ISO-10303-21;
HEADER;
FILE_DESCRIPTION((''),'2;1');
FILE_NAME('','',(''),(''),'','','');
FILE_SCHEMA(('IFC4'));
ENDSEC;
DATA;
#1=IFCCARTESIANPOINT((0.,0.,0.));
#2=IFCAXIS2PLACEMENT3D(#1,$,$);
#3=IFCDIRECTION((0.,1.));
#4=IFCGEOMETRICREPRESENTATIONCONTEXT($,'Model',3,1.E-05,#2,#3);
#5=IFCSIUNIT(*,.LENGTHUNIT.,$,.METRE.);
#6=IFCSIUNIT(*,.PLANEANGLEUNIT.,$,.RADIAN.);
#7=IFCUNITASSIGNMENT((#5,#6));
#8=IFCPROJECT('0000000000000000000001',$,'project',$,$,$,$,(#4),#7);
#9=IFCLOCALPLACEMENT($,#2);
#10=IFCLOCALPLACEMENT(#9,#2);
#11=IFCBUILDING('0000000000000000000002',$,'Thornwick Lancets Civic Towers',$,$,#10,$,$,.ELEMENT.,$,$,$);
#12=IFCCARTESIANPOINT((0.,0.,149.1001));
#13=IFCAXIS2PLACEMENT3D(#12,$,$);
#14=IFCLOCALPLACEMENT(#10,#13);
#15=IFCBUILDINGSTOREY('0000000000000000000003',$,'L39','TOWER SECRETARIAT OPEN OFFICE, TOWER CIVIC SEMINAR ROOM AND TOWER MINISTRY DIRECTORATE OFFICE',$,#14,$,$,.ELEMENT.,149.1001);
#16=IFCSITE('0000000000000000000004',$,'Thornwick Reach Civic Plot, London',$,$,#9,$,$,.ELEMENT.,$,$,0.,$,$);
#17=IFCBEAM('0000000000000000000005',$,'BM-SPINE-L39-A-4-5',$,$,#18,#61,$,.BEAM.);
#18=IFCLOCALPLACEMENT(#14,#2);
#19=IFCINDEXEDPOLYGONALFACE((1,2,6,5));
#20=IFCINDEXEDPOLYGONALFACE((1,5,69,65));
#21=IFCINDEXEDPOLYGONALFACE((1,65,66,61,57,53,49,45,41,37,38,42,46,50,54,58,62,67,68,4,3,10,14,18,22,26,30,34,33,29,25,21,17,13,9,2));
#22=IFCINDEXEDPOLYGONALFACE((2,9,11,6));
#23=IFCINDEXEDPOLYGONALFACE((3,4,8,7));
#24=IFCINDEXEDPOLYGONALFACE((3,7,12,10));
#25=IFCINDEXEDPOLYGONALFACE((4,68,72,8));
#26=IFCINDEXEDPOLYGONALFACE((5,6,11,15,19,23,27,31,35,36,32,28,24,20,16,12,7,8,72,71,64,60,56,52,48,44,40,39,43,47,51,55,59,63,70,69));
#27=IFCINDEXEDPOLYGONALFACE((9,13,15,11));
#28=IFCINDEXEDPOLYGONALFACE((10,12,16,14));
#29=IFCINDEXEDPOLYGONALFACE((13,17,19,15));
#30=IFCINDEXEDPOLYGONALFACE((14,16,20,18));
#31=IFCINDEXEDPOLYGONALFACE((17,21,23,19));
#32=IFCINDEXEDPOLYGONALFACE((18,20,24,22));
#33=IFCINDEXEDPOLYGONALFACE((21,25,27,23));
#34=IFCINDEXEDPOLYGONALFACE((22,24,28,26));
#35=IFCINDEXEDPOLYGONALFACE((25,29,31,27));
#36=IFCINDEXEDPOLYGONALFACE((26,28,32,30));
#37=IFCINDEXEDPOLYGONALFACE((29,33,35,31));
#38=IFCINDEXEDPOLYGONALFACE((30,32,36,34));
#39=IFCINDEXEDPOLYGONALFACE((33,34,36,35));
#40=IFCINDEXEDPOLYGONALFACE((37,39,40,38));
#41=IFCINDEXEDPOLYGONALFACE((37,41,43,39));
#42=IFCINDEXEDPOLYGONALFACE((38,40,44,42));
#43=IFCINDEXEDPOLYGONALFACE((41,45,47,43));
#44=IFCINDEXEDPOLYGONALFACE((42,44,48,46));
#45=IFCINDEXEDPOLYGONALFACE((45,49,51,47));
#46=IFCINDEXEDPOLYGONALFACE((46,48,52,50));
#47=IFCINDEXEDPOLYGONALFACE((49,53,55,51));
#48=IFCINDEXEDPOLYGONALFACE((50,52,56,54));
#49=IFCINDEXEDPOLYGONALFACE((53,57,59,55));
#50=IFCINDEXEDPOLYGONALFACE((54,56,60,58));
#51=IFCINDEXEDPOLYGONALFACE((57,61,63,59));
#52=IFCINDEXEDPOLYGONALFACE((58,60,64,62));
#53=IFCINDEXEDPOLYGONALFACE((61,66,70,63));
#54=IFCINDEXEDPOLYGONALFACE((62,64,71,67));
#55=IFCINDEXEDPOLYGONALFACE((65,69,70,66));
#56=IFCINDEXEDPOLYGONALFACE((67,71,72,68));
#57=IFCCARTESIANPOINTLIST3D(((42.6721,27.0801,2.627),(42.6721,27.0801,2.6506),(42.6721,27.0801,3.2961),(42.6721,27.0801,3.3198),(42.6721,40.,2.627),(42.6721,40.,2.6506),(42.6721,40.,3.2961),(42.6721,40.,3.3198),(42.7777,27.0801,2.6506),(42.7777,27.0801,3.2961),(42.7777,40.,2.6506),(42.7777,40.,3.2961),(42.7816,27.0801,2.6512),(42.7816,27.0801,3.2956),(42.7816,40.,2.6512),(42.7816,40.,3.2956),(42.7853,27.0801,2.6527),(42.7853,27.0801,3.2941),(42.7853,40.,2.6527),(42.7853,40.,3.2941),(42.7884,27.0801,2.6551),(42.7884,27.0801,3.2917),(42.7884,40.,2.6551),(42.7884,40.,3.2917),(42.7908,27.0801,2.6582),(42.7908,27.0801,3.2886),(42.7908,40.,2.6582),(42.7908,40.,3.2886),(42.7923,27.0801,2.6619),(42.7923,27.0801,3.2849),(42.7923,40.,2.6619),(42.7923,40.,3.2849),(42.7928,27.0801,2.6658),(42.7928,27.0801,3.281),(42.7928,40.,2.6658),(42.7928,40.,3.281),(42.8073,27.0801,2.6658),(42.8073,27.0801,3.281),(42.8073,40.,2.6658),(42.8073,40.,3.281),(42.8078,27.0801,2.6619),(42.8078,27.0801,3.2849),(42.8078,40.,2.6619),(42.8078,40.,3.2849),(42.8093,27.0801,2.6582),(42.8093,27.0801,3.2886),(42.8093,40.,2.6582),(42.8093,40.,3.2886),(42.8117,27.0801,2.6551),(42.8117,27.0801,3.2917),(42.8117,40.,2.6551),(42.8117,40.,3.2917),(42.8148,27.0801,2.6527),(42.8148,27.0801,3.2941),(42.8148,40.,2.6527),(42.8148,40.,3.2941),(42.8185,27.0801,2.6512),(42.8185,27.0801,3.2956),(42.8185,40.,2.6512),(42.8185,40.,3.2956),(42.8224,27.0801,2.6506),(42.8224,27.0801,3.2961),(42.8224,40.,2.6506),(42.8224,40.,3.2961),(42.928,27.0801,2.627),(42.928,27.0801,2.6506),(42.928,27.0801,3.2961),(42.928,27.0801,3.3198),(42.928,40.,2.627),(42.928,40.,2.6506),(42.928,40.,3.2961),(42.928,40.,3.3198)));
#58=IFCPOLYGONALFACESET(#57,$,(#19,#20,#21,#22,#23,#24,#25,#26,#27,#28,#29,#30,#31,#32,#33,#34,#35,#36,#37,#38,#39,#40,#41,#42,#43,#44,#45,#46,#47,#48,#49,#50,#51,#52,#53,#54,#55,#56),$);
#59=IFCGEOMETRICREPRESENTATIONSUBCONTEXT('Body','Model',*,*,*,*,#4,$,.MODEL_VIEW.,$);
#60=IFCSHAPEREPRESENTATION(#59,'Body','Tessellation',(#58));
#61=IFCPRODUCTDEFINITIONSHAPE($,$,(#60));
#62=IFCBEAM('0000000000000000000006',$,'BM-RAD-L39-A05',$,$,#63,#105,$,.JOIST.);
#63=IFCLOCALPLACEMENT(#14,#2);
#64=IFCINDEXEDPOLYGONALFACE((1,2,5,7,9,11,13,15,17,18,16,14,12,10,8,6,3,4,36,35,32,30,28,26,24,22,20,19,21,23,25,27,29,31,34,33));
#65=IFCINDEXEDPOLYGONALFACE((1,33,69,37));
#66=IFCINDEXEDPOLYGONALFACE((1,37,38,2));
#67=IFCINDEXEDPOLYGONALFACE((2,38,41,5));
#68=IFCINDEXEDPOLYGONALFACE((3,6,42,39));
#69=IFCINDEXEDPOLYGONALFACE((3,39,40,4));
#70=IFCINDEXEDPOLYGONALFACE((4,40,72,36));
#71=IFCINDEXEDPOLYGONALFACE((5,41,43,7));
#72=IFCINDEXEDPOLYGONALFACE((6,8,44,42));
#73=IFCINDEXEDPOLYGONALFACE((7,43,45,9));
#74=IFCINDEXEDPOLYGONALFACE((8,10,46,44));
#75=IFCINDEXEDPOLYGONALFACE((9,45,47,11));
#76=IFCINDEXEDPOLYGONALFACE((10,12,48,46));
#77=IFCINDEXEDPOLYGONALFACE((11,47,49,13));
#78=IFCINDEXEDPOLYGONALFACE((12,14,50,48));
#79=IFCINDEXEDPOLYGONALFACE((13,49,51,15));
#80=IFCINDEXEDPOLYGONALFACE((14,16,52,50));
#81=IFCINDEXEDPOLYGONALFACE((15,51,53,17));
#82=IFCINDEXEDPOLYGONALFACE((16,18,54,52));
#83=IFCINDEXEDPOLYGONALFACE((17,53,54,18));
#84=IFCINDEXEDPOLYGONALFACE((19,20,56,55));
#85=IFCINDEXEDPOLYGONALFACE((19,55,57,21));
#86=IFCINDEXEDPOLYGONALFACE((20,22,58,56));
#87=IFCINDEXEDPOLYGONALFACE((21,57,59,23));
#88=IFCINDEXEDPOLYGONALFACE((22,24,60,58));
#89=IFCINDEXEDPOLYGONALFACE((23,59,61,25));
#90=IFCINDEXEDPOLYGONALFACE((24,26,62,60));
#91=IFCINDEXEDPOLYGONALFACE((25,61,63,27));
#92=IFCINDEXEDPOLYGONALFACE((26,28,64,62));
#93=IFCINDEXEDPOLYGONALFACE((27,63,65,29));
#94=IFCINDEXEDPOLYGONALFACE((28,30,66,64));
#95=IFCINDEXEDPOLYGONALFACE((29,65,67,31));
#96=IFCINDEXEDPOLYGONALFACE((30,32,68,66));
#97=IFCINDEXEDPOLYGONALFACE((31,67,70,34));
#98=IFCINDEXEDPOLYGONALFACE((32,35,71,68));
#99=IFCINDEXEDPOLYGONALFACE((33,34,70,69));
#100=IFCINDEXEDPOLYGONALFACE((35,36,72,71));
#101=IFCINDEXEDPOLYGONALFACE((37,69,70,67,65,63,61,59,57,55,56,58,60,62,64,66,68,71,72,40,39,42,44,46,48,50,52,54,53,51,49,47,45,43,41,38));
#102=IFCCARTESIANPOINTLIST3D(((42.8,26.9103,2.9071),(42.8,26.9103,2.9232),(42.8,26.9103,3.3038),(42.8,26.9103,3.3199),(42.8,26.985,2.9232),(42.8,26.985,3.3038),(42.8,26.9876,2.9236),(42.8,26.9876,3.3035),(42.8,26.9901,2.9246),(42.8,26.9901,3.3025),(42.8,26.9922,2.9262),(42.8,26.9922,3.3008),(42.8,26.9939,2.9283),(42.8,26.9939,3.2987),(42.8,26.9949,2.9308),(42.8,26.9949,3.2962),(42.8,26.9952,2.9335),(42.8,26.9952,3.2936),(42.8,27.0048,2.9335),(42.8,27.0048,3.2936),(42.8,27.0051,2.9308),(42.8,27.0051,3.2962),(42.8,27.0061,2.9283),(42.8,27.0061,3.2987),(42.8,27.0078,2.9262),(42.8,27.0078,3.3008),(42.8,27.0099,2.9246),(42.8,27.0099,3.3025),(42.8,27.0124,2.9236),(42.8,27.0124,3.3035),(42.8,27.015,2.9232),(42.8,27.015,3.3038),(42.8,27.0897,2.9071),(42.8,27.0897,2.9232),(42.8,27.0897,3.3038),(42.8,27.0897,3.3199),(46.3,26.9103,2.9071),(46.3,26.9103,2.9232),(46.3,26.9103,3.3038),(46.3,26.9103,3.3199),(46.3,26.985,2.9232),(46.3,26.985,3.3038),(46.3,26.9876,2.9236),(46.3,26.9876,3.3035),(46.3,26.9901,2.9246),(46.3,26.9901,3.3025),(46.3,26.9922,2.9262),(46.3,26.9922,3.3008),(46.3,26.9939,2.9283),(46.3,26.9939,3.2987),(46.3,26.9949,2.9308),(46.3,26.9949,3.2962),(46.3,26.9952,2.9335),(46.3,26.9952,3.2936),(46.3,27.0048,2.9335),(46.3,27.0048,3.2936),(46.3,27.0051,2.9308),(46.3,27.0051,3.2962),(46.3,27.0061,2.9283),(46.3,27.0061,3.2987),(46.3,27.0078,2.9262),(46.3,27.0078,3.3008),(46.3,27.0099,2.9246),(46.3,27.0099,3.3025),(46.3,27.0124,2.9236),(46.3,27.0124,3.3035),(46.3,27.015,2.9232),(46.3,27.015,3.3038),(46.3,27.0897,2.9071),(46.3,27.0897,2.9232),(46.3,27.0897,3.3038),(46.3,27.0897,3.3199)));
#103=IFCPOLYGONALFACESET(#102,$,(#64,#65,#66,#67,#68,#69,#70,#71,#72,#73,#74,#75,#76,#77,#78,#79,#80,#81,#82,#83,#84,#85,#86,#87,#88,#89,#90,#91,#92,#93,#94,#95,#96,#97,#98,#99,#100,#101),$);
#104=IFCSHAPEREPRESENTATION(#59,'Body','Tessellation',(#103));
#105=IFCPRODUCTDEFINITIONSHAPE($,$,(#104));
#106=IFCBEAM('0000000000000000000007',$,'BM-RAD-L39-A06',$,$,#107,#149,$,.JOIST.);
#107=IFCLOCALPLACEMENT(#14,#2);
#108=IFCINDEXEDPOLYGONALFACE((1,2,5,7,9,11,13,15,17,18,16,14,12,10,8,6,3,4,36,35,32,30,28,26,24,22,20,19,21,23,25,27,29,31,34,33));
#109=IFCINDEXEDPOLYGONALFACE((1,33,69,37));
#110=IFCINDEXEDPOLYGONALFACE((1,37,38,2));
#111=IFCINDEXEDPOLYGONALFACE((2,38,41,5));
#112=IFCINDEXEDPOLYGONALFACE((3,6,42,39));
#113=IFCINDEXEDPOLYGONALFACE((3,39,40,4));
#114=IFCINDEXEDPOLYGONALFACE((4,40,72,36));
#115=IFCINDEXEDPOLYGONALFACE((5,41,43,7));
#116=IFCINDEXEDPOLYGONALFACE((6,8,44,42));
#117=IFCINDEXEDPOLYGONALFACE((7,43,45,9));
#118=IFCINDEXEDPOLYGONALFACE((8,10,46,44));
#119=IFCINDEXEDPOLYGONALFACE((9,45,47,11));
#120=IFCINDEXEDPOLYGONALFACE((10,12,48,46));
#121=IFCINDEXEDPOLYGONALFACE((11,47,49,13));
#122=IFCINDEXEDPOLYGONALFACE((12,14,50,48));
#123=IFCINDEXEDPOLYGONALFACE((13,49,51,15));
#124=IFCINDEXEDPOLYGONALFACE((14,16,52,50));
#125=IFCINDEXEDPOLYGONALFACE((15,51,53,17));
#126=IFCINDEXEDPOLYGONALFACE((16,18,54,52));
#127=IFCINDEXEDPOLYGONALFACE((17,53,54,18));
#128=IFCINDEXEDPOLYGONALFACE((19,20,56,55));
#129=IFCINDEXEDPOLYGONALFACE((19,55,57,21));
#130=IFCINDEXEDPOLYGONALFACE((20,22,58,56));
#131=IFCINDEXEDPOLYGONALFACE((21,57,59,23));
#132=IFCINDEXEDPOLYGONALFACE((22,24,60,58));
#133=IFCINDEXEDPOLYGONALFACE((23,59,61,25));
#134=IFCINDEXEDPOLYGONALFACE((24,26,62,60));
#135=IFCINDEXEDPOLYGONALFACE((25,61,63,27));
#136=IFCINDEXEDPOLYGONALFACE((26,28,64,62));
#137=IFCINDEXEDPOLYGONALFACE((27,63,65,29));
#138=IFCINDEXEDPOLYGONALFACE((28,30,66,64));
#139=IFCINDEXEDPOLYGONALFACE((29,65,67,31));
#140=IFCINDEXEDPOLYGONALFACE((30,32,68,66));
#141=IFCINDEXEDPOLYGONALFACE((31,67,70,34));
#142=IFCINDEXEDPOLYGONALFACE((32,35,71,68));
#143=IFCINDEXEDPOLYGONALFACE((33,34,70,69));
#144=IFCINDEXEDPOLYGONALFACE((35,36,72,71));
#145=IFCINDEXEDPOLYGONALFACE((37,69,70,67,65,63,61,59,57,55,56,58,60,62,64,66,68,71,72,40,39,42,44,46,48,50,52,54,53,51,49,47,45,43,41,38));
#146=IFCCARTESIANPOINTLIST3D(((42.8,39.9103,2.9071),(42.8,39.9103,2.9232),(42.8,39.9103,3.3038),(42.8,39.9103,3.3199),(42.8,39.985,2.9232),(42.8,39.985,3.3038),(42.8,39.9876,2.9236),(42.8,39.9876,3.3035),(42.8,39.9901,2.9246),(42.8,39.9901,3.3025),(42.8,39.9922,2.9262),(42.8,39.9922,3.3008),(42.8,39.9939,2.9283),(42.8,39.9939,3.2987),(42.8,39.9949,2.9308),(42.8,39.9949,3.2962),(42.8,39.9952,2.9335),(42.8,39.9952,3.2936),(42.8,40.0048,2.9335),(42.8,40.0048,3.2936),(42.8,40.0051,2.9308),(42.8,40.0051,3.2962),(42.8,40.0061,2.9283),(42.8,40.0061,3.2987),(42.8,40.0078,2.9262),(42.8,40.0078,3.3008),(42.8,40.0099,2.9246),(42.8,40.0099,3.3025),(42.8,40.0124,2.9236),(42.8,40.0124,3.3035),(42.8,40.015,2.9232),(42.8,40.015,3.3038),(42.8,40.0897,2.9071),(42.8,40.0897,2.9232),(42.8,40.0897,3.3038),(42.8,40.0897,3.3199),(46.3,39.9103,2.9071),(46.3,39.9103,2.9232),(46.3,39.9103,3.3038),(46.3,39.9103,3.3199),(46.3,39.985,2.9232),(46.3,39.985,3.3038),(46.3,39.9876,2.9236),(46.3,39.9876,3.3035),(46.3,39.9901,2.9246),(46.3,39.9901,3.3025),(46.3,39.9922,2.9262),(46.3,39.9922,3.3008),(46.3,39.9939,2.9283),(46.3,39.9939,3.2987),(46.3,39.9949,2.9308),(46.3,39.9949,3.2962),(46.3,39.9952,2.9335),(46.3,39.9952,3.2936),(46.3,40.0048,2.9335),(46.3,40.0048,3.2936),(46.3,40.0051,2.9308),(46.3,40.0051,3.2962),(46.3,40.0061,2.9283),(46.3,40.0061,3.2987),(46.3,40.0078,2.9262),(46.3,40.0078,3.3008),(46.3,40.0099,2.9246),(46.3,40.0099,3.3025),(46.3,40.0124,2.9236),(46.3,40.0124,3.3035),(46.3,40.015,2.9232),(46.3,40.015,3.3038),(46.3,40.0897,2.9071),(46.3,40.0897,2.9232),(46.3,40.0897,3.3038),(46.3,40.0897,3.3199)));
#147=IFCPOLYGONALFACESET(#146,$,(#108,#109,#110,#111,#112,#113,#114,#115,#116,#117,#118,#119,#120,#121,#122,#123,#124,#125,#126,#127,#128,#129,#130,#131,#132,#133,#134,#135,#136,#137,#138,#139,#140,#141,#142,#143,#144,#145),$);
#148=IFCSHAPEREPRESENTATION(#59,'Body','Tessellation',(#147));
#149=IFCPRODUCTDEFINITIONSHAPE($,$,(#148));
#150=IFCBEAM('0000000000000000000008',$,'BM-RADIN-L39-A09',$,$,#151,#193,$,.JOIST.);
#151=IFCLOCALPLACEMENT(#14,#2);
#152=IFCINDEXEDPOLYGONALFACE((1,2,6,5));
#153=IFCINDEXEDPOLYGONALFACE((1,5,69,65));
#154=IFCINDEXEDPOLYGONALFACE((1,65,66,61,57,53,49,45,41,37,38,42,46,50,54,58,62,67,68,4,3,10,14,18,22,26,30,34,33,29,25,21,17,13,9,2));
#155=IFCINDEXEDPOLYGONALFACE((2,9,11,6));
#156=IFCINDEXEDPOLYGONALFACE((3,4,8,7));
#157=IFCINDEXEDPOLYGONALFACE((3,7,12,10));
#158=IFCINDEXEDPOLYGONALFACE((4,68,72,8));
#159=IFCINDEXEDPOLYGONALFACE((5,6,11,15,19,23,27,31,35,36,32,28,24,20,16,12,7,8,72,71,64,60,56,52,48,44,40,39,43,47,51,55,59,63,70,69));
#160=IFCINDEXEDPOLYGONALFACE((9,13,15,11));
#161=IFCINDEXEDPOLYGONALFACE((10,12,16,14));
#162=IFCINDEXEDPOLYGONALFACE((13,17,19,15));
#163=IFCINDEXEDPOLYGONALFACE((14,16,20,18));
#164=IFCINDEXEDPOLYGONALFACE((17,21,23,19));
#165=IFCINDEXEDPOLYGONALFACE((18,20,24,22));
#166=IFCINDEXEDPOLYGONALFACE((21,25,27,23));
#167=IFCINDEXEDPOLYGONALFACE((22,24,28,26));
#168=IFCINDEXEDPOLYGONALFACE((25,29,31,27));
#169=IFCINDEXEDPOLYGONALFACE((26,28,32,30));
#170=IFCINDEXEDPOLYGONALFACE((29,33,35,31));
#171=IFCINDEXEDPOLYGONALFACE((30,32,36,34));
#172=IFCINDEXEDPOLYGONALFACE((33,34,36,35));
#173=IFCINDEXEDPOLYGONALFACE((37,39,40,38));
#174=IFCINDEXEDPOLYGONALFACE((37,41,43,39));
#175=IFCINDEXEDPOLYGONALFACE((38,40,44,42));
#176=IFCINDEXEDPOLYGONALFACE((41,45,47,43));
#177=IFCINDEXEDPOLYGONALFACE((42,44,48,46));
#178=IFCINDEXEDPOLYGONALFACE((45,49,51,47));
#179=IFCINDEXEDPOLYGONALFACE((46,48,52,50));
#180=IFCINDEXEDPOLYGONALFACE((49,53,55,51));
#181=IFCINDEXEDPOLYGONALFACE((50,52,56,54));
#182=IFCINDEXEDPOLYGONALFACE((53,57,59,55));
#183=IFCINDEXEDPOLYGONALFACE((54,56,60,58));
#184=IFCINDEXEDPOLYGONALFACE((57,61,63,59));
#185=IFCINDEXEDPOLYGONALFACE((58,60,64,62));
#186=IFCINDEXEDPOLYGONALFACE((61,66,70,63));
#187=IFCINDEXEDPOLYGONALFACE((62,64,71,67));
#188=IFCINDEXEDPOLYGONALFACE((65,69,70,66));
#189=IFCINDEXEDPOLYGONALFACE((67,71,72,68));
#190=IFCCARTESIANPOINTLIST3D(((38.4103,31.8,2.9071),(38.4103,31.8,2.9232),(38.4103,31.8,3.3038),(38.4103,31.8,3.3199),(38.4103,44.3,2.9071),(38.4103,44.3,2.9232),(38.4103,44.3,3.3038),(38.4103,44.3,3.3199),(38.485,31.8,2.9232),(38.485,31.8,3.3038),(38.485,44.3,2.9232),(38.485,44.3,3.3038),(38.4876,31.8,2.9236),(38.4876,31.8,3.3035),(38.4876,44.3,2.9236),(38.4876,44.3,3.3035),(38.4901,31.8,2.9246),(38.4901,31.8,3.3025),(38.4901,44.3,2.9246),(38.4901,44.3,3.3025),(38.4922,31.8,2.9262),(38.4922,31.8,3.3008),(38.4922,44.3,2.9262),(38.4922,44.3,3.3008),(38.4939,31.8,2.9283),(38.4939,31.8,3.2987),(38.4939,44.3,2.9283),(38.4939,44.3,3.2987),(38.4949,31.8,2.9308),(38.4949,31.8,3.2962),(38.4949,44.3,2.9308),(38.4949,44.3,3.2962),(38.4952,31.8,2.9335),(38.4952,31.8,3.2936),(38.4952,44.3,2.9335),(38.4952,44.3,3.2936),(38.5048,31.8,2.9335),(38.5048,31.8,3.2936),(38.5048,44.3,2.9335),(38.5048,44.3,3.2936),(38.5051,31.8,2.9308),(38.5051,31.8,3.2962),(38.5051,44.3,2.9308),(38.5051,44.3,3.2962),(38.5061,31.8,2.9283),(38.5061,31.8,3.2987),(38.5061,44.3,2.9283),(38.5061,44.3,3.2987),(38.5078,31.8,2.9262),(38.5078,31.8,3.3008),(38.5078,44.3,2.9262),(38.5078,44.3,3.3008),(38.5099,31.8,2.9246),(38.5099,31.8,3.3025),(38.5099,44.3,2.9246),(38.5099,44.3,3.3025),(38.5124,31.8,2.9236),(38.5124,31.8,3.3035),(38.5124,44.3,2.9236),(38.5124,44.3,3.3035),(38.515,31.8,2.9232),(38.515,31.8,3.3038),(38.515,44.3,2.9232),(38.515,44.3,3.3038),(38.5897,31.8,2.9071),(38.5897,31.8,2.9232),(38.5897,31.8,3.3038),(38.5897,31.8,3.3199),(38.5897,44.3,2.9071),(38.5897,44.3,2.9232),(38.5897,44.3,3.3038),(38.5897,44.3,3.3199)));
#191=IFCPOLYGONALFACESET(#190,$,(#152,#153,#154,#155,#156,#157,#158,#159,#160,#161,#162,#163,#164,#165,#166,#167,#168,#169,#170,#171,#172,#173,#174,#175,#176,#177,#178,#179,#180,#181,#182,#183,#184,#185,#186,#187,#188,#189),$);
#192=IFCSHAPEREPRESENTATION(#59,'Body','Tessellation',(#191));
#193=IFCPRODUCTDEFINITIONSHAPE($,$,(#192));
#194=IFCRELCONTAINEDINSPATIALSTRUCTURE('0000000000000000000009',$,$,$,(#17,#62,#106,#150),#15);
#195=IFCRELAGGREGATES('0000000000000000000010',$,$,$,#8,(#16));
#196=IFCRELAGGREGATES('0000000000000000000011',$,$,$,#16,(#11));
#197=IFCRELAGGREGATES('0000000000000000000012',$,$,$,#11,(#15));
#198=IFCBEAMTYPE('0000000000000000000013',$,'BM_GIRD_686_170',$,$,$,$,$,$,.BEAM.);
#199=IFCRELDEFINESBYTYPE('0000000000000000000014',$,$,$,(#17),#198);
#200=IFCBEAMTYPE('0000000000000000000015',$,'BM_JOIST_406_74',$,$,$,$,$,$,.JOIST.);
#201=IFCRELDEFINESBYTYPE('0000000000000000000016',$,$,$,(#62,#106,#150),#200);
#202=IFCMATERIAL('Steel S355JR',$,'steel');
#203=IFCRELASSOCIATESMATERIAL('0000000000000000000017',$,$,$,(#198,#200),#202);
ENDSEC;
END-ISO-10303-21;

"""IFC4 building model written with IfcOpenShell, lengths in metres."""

from ifc_helpers import new_model, si_unit, direction, frame, origin, origin_2d, place, context, subcontext, project, spatial, i_section, extrude, material, material_profile, profile_set, type_object, element, save


model = new_model("IFC4")

# Units and contexts
model_context = context("Model", 3, precision=1e-05, world=origin(), true_north=direction((0.0, 1.0)))
body_context = subcontext(model_context, "Body", "Model", "MODEL_VIEW")
ifc_project = project(units=[si_unit("LENGTHUNIT", "METRE"), si_unit("PLANEANGLEUNIT", "RADIAN")], contexts=[model_context])

# Site, building, storey
site_placement = place(None, origin())
site = spatial("IfcSite", under=ifc_project, at=site_placement, Name="Thornwick Reach Civic Plot, London", CompositionType="ELEMENT", RefElevation=0.0)
building_placement = place(site_placement, origin())
building = spatial("IfcBuilding", under=site, at=building_placement, Name="Thornwick Lancets Civic Towers", CompositionType="ELEMENT")
storey_placement = place(building_placement, frame((0.0, 0.0, 149.1001)))
storey = spatial("IfcBuildingStorey", under=building, at=storey_placement, Name="L39", Description="TOWER SECRETARIAT OPEN OFFICE, TOWER CIVIC SEMINAR ROOM AND TOWER MINISTRY DIRECTORATE OFFICE", CompositionType="ELEMENT", Elevation=149.1001)

# Beams
ifc_material_1 = material(Name="Steel S355JR", Category="steel")
ifc_material_profile_1 = material_profile(ifc_material_1, i_section(OverallWidth=0.2559, OverallDepth=0.6929, WebThickness=0.0144, FlangeThickness=0.0237, FilletRadius=0.0151, at=origin_2d()), Name="UKB 686x254x170")
ifc_profile_set_1 = profile_set([ifc_material_profile_1], Name="Steel S355JR")
beam_type_1 = type_object("IfcBeamType", Name="BM_GIRD_686_170", PredefinedType="BEAM", material=ifc_profile_set_1)
beam_1_placement = place(storey_placement, frame((42.8, 27.0801, 2.9734), z_axis=(0.0, 1.0, 0.0), x_axis=(-1.0, 0.0, 0.0)))
element("IfcBeam", 1, at=beam_1_placement, inside=storey, type_object=beam_type_1, Name="BM-SPINE-L39-A-4-5", PredefinedType="BEAM", context=body_context, shape_type="SweptSolid", body=[
    extrude(i_section(OverallWidth=0.2559, OverallDepth=0.6929, WebThickness=0.0144, FlangeThickness=0.0237, FilletRadius=0.0151, at=origin_2d()), origin(), (0.0, 0.0, 1.0), 12.9199),
])
ifc_material_profile_2 = material_profile(ifc_material_1, i_section(OverallWidth=0.1794, OverallDepth=0.4128, WebThickness=0.0095, FlangeThickness=0.0161, FilletRadius=0.0103, at=origin_2d()), Name="UKB 406x178x74")
ifc_profile_set_2 = profile_set([ifc_material_profile_2], Name="Steel S355JR")
beam_type_2 = type_object("IfcBeamType", Name="BM_JOIST_406_74", PredefinedType="JOIST", material=ifc_profile_set_2)
for number, where, z_axis, x_axis, name in (
    (2, (42.8, 27.0, 3.1135), (1.0, 0.0, 0.0), (0.0, 1.0, 0.0), "BM-RAD-L39-A05"),
    (3, (42.8, 40.0, 3.1135), (1.0, 0.0, 0.0), (0.0, 1.0, 0.0), "BM-RAD-L39-A06"),
):
    element("IfcBeam", number, at=place(storey_placement, frame(where, z_axis=z_axis, x_axis=x_axis)), inside=storey, type_object=beam_type_2, Name=name, PredefinedType="JOIST", context=body_context, shape_type="SweptSolid", body=[
        extrude(i_section(OverallWidth=0.1794, OverallDepth=0.4128, WebThickness=0.0095, FlangeThickness=0.0161, FilletRadius=0.0103, at=origin_2d()), origin(), (0.0, 0.0, 1.0), 3.5),
    ])
beam_2_placement = place(storey_placement, frame((38.5, 31.8, 3.1135), z_axis=(0.0, 1.0, 0.0), x_axis=(-1.0, 0.0, 0.0)))
element("IfcBeam", 4, at=beam_2_placement, inside=storey, type_object=beam_type_2, Name="BM-RADIN-L39-A09", PredefinedType="JOIST", context=body_context, shape_type="SweptSolid", body=[
    extrude(i_section(OverallWidth=0.1794, OverallDepth=0.4128, WebThickness=0.0095, FlangeThickness=0.0161, FilletRadius=0.0103, at=origin_2d()), origin(), (0.0, 0.0, 1.0), 12.5),
])

save(model, "model.ifc")
